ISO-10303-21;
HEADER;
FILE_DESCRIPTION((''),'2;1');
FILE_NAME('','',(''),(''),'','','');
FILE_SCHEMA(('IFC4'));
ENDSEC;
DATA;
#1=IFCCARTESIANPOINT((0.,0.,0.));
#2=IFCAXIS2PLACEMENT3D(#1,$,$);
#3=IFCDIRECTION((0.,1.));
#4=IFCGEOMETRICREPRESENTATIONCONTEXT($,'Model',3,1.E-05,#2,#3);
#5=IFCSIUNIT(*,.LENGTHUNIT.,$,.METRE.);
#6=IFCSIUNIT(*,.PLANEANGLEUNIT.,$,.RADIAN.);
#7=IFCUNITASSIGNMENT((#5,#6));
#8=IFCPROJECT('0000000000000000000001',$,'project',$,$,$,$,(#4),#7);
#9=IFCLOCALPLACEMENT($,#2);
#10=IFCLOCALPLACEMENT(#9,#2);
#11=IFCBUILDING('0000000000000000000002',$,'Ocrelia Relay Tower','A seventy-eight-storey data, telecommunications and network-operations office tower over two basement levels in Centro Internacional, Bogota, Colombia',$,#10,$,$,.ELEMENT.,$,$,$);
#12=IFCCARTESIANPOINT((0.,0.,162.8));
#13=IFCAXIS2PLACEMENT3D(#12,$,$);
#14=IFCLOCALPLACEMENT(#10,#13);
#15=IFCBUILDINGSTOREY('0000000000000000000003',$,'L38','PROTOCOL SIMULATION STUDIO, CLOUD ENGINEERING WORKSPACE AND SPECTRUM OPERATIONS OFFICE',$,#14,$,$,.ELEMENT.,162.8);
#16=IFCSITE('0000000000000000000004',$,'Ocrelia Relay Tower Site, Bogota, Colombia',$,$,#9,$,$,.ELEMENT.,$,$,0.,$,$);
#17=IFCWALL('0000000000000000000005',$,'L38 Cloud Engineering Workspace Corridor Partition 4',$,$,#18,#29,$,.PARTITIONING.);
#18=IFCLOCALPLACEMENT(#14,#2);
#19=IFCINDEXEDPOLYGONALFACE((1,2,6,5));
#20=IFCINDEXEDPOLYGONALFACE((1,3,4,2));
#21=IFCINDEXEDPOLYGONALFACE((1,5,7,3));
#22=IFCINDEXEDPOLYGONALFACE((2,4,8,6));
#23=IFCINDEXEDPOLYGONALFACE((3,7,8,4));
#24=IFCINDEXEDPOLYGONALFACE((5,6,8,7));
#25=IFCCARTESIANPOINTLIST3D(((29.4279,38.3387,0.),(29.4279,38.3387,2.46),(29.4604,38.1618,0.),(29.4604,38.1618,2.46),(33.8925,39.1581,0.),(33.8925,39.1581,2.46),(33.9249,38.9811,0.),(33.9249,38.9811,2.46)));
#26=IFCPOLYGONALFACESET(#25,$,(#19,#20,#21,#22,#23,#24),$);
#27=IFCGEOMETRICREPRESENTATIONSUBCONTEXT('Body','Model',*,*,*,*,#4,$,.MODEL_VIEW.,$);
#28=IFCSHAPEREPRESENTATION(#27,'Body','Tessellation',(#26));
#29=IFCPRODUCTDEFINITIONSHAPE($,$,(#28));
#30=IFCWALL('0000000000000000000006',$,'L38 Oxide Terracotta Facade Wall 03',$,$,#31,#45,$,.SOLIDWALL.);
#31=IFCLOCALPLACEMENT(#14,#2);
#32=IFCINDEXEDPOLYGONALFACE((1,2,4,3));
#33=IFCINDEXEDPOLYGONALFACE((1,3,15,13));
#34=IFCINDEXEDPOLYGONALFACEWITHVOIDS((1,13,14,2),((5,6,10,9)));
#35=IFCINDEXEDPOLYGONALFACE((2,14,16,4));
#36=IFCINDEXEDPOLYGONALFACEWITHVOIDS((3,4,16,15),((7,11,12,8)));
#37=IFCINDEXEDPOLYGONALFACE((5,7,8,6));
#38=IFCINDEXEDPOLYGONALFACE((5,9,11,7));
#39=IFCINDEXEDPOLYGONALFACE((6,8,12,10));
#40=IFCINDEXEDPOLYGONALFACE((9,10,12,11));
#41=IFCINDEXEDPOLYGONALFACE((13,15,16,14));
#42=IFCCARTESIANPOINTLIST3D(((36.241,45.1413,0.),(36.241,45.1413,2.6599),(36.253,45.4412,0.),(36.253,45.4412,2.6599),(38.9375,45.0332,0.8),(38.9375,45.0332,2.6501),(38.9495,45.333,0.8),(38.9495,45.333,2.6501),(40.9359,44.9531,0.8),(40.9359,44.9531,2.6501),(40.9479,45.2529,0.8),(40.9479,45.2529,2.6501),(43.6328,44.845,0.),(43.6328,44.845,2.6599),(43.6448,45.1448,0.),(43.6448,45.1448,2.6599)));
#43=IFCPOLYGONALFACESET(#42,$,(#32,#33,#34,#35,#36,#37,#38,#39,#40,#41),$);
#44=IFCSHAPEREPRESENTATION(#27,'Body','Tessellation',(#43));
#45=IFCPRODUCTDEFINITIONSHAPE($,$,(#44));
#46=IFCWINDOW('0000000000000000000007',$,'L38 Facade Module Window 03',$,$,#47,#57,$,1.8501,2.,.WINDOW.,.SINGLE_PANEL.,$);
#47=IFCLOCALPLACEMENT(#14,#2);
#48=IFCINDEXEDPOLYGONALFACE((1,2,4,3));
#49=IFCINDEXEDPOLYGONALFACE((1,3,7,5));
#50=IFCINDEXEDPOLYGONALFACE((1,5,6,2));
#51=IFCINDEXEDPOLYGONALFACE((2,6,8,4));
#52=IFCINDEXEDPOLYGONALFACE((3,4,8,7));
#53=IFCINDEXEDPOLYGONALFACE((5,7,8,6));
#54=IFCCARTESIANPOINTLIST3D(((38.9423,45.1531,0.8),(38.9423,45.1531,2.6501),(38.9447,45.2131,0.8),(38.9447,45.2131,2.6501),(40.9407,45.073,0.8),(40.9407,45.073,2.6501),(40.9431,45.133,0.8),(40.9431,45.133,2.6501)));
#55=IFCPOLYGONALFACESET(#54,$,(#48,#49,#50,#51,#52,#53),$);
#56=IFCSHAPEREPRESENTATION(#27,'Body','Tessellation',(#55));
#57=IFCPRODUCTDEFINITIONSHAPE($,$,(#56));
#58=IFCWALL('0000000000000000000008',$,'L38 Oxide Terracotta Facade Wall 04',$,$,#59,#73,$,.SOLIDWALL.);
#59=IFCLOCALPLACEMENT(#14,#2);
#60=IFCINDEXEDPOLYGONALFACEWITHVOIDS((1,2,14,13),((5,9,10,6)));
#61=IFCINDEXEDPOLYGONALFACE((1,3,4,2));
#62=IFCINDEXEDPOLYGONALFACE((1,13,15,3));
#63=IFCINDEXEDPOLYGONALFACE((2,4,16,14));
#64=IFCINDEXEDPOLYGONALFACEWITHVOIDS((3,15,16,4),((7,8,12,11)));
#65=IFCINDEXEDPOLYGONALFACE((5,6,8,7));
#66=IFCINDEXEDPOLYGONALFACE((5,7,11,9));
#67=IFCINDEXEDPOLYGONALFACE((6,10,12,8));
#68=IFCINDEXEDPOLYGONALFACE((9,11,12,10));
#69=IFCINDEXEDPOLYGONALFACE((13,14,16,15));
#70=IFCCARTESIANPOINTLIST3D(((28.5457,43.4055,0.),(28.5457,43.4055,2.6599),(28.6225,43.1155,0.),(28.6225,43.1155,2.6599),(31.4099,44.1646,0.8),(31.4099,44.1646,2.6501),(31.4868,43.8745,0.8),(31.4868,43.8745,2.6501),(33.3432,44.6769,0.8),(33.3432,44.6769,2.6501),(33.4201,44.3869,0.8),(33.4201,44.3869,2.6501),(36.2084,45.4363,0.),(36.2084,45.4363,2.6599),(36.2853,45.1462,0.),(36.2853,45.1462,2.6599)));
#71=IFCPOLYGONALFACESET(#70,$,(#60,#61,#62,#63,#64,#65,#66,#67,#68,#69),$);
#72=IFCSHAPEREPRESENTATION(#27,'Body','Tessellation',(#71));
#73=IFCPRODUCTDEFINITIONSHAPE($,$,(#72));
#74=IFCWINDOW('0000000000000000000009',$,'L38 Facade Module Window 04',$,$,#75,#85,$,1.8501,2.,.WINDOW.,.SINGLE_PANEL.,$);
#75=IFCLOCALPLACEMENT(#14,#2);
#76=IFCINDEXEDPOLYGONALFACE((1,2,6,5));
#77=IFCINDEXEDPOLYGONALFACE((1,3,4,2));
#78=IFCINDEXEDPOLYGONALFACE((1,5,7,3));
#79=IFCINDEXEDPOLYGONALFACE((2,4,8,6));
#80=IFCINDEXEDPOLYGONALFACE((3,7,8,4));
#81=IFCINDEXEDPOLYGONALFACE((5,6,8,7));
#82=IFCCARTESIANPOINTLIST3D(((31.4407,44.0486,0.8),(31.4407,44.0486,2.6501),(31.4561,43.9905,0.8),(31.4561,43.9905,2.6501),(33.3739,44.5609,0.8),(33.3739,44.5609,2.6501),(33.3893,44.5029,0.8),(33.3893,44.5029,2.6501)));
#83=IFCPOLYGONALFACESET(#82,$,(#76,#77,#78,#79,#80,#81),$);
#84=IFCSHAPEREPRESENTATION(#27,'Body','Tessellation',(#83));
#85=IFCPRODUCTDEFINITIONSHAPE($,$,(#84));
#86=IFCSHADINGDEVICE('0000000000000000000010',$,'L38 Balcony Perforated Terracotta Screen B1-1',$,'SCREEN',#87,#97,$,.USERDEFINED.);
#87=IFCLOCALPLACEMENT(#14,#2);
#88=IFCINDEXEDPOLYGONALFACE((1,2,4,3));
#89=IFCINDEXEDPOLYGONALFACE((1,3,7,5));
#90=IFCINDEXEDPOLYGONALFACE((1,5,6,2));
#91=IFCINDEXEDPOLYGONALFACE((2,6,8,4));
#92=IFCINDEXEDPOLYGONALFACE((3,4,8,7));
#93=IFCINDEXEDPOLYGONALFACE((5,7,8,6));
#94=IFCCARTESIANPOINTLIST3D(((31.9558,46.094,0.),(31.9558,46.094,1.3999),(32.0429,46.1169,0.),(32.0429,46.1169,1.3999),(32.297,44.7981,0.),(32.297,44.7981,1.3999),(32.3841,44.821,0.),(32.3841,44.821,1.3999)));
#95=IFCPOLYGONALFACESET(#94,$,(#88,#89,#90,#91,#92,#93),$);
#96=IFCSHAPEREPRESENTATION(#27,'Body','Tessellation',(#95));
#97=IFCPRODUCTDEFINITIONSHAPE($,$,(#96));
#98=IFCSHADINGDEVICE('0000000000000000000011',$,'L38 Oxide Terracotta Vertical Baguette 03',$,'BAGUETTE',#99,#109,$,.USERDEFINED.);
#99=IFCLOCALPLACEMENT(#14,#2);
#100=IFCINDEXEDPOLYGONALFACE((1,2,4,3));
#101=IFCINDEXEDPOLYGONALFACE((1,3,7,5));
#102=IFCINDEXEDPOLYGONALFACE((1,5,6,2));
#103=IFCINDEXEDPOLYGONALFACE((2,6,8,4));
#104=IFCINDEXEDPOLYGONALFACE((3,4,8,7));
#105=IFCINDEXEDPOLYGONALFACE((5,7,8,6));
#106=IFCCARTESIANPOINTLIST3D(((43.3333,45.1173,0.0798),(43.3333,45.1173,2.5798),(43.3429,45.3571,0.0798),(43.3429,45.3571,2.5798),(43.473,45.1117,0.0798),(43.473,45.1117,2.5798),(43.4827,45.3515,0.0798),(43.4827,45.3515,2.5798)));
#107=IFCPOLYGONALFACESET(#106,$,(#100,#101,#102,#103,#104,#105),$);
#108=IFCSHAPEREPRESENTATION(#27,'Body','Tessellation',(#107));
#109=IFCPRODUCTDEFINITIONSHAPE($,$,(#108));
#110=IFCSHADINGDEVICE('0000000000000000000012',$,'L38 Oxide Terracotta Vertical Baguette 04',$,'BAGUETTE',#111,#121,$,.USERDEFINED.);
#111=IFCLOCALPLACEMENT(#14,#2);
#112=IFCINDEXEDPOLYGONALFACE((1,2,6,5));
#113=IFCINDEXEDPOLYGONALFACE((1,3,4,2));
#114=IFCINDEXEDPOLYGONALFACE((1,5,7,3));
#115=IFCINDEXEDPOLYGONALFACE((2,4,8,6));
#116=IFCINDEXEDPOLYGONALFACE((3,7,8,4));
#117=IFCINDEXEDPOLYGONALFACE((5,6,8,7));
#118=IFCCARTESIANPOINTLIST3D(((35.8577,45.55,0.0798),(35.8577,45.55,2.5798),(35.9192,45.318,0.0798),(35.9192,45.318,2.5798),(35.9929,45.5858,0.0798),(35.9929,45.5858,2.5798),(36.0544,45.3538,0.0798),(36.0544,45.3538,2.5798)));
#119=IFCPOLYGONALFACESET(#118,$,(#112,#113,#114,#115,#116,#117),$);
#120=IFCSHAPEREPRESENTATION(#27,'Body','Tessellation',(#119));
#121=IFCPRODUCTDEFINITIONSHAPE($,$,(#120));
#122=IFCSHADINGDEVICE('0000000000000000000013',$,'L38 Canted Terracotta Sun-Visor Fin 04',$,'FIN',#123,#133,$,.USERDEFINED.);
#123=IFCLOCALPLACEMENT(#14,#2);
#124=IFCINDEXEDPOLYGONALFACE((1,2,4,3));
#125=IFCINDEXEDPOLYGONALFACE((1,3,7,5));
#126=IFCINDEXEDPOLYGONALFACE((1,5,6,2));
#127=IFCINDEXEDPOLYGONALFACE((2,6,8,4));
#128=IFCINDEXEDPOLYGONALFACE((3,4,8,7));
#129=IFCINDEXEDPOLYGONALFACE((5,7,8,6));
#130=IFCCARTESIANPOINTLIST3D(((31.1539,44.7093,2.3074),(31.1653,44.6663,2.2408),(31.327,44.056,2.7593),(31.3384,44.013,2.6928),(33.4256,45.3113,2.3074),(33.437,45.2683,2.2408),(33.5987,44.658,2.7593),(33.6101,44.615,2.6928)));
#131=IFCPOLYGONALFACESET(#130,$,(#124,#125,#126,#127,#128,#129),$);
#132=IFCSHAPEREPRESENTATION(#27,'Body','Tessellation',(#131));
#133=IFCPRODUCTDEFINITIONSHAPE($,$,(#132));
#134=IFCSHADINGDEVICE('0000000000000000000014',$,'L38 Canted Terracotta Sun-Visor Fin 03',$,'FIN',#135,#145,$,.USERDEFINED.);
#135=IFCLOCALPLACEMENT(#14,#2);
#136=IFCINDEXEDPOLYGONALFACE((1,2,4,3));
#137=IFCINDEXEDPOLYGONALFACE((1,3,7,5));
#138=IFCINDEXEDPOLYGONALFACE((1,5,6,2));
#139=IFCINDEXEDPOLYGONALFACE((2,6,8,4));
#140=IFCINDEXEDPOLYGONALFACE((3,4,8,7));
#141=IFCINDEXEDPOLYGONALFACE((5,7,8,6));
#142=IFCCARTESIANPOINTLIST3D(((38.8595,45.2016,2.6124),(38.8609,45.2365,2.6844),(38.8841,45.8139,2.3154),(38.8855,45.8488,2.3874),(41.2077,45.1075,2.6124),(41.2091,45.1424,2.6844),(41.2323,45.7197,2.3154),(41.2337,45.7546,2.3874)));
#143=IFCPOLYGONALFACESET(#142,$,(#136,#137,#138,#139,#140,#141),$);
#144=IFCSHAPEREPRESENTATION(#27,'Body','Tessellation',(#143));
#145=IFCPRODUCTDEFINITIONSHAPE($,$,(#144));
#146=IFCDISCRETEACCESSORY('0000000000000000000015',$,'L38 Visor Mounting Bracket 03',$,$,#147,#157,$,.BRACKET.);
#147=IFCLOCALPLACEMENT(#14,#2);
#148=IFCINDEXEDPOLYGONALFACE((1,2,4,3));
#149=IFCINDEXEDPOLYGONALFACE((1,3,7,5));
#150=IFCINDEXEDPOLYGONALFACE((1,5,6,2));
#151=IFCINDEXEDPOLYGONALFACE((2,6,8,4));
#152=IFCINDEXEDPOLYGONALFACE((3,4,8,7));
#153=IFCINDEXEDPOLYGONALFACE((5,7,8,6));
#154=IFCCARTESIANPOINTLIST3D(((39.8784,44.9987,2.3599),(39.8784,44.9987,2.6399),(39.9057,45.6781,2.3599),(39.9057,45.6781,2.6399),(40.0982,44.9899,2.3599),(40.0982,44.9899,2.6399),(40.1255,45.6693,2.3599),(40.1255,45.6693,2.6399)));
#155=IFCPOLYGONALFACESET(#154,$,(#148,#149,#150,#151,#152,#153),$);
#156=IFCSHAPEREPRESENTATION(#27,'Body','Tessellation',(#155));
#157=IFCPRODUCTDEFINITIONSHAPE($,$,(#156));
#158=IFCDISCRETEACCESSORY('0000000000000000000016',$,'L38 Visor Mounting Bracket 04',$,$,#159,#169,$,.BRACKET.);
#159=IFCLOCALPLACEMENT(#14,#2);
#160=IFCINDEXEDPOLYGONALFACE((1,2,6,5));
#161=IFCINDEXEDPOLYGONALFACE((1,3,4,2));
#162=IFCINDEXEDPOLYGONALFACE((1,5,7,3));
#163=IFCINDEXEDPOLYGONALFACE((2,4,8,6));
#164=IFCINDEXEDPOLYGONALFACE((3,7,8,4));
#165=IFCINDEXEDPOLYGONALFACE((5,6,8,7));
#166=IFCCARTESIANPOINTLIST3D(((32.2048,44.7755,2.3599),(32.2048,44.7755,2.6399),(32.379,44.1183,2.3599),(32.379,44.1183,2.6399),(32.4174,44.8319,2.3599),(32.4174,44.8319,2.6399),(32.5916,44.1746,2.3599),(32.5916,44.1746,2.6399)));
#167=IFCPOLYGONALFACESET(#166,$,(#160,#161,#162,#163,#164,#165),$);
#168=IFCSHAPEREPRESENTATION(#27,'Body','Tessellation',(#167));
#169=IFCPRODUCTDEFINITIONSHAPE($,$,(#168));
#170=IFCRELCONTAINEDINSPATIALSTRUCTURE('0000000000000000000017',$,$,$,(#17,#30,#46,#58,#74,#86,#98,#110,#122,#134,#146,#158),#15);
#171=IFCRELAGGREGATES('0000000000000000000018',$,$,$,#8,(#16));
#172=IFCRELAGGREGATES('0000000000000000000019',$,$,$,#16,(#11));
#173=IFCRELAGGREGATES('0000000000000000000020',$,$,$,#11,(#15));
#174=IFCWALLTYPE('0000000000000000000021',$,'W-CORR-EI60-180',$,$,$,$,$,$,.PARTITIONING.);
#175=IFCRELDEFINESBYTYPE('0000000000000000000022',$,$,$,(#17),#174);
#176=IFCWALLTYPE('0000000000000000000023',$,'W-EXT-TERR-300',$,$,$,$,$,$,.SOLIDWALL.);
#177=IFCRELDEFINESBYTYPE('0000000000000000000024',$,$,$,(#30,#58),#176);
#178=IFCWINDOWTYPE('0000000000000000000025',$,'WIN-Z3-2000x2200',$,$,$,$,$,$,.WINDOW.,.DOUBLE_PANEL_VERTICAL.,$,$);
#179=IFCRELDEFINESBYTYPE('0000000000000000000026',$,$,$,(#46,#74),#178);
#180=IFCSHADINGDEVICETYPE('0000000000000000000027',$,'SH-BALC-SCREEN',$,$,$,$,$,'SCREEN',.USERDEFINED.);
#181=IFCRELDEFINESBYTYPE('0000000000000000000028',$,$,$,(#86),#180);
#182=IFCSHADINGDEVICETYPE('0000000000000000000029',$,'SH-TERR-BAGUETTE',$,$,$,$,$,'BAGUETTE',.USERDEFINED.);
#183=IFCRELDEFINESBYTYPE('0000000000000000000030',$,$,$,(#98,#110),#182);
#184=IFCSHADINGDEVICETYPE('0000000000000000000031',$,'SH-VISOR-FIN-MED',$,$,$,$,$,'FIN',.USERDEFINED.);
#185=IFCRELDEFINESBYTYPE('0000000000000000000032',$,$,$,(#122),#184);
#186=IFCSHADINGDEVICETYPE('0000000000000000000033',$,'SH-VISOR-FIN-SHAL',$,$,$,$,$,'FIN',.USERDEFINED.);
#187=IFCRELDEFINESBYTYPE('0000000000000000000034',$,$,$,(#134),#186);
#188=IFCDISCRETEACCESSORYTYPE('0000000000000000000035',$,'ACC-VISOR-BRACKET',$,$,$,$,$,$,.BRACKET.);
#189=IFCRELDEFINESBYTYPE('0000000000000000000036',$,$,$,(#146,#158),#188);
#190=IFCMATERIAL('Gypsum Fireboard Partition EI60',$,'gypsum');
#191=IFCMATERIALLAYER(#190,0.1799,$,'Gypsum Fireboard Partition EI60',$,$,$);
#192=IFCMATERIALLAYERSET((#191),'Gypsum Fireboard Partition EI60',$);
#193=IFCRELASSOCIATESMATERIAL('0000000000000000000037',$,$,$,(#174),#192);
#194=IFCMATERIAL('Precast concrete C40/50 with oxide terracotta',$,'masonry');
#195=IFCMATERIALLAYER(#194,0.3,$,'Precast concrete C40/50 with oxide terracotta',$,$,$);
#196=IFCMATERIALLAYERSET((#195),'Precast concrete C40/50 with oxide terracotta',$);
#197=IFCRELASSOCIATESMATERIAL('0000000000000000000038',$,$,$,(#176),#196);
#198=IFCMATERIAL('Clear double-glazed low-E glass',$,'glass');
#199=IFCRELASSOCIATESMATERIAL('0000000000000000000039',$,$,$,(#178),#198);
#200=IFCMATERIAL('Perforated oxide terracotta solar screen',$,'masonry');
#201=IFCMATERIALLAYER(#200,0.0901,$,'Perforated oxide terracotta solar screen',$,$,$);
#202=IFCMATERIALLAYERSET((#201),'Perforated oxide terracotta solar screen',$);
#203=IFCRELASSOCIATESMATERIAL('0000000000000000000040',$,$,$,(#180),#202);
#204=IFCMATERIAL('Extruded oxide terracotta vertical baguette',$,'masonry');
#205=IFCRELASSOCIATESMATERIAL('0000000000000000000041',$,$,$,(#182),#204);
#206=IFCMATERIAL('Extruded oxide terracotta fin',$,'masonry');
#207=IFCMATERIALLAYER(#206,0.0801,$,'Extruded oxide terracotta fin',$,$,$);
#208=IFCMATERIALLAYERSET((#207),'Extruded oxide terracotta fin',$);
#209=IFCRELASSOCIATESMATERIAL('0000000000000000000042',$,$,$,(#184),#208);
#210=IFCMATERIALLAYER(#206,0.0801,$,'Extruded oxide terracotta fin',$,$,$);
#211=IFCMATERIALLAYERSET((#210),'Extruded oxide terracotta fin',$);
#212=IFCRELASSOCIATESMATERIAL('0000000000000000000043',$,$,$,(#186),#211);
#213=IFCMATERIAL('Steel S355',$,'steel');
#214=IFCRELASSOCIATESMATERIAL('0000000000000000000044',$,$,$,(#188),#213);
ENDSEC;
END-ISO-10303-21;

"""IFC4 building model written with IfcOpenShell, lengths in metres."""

from ifc_helpers import new_model, si_unit, direction, frame, frame_2d, origin, origin_2d, place, context, subcontext, project, spatial, rectangle, extrude, material, layer, layer_set, type_object, element, fill, save


model = new_model("IFC4")

# Units and contexts
model_context = context("Model", 3, precision=1e-05, world=origin(), true_north=direction((0.0, 1.0)))
body_context = subcontext(model_context, "Body", "Model", "MODEL_VIEW")
ifc_project = project(units=[si_unit("LENGTHUNIT", "METRE"), si_unit("PLANEANGLEUNIT", "RADIAN")], contexts=[model_context])

# Site, building, storey
site_placement = place(None, origin())
site = spatial("IfcSite", under=ifc_project, at=site_placement, Name="Ocrelia Relay Tower Site, Bogota, Colombia", CompositionType="ELEMENT", RefElevation=0.0)
building_placement = place(site_placement, origin())
building = spatial("IfcBuilding", under=site, at=building_placement, Name="Ocrelia Relay Tower", Description="A seventy-eight-storey data, telecommunications and network-operations office tower over two basement levels in Centro Internacional, Bogota, Colombia", CompositionType="ELEMENT")
storey_placement = place(building_placement, frame((0.0, 0.0, 162.8)))
storey = spatial("IfcBuildingStorey", under=building, at=storey_placement, Name="L38", Description="PROTOCOL SIMULATION STUDIO, CLOUD ENGINEERING WORKSPACE AND SPECTRUM OPERATIONS OFFICE", CompositionType="ELEMENT", Elevation=162.8)

# Shared definitions
ifc_material_1 = material(Name="Steel S355", Category="steel")

# Wall
ifc_material_2 = material(Name="Gypsum Fireboard Partition EI60", Category="gypsum")
ifc_layer_1 = layer(ifc_material_2, 0.1799, Name="Gypsum Fireboard Partition EI60")
ifc_layer_set_1 = layer_set([ifc_layer_1], Name="Gypsum Fireboard Partition EI60")
wall_type_1 = type_object("IfcWallType", Name="W-CORR-EI60-180", PredefinedType="PARTITIONING", material=ifc_layer_set_1)
wall_1_placement = place(storey_placement, frame((33.9087, 39.0696, 0.0), z_axis=(0.0, 0.0, 1.0), x_axis=(-0.983574, -0.180504, 0.0)))
element("IfcWall", 1, at=wall_1_placement, inside=storey, type_object=wall_type_1, Name="L38 Cloud Engineering Workspace Corridor Partition 4", PredefinedType="PARTITIONING", context=body_context, shape_type="SweptSolid", body=[
    extrude(rectangle(XDim=4.5391, YDim=0.1799, at=frame_2d((2.2695, 0.0))), origin(), (0.0, 0.0, 1.0), 2.46),
])

# Walls, openings, windows
ifc_material_3 = material(Name="Precast concrete C40/50 with oxide terracotta", Category="masonry")
ifc_layer_2 = layer(ifc_material_3, 0.3, Name="Precast concrete C40/50 with oxide terracotta")
ifc_layer_set_2 = layer_set([ifc_layer_2], Name="Precast concrete C40/50 with oxide terracotta")
wall_type_2 = type_object("IfcWallType", Name="W-EXT-TERR-300", PredefinedType="SOLIDWALL", material=ifc_layer_set_2)
wall_2_placement = place(storey_placement, frame((43.6387, 44.9949, 0.0), z_axis=(0.0, 0.0, 1.0), x_axis=(-0.999197, 0.040064, 0.0)))
wall_2 = element("IfcWall", 2, at=wall_2_placement, inside=storey, type_object=wall_type_2, Name="L38 Oxide Terracotta Facade Wall 03", PredefinedType="SOLIDWALL", context=body_context, shape_type="SweptSolid", body=[
    extrude(rectangle(XDim=7.3977, YDim=0.3, at=frame_2d((3.6987, 0.0))), origin(), (0.0, 0.0, 1.0), 2.6599),
])
opening_1_placement = place(wall_2_placement, frame((2.699, 0.0, 0.8)))
opening_1 = element("IfcOpeningElement", 3, at=opening_1_placement, cuts=wall_2, PredefinedType="OPENING", context=body_context, shape_type="SweptSolid", body=[
    extrude(rectangle(XDim=2.0, YDim=1.8501, at=frame_2d((1.0, 0.925))), frame((0.0, 0.1602, 0.0), z_axis=(0.0, -1.0, 0.0), x_axis=(1.0, 0.0, 0.0)), (0.0, 0.0, 1.0), 0.3201),
])
ifc_material_4 = material(Name="Clear double-glazed low-E glass", Category="glass")
window_type = type_object("IfcWindowType", Name="WIN-Z3-2000x2200", PartitioningType="DOUBLE_PANEL_VERTICAL", PredefinedType="WINDOW", material=ifc_material_4)
window_1_placement = place(opening_1_placement, origin())
window_1 = element("IfcWindow", 4, at=window_1_placement, inside=storey, type_object=window_type, Name="L38 Facade Module Window 03", OverallHeight=1.8501, OverallWidth=2.0, PartitioningType="SINGLE_PANEL", PredefinedType="WINDOW", context=body_context, shape_type="SweptSolid", body=[
    extrude(rectangle(XDim=2.0, YDim=1.8501, at=frame_2d((1.0, 0.925))), frame((0.0, 0.03, 0.0), z_axis=(0.0, -1.0, 0.0), x_axis=(1.0, 0.0, 0.0)), (0.0, 0.0, 1.0), 0.0601),
])
fill(opening_1, window_1)
wall_3_placement = place(storey_placement, frame((36.2468, 45.2913, 0.0), z_axis=(0.0, 0.0, 1.0), x_axis=(-0.966629, -0.256179, 0.0)))
wall_3 = element("IfcWall", 5, at=wall_3_placement, inside=storey, type_object=wall_type_2, Name="L38 Oxide Terracotta Facade Wall 04", PredefinedType="SOLIDWALL", context=body_context, shape_type="SweptSolid", body=[
    extrude(rectangle(XDim=7.9272, YDim=0.3, at=frame_2d((3.9636, 0.0))), origin(), (0.0, 0.0, 1.0), 2.6599),
])
opening_2_placement = place(wall_3_placement, frame((2.9641, 0.0, 0.8)))
opening_2 = element("IfcOpeningElement", 6, at=opening_2_placement, cuts=wall_3, PredefinedType="OPENING", context=body_context, shape_type="SweptSolid", body=[
    extrude(rectangle(XDim=2.0, YDim=1.8501, at=frame_2d((1.0, 0.925))), frame((0.0, 0.1602, 0.0), z_axis=(0.0, -1.0, 0.0), x_axis=(1.0, 0.0, 0.0)), (0.0, 0.0, 1.0), 0.3201),
])
window_2_placement = place(opening_2_placement, origin())
window_2 = element("IfcWindow", 7, at=window_2_placement, inside=storey, type_object=window_type, Name="L38 Facade Module Window 04", OverallHeight=1.8501, OverallWidth=2.0, PartitioningType="SINGLE_PANEL", PredefinedType="WINDOW", context=body_context, shape_type="SweptSolid", body=[
    extrude(rectangle(XDim=2.0, YDim=1.8501, at=frame_2d((1.0, 0.925))), frame((0.0, 0.03, 0.0), z_axis=(0.0, -1.0, 0.0), x_axis=(1.0, 0.0, 0.0)), (0.0, 0.0, 1.0), 0.0601),
])
fill(opening_2, window_2)

# Shading devices
ifc_material_5 = material(Name="Perforated oxide terracotta solar screen", Category="masonry")
ifc_layer_3 = layer(ifc_material_5, 0.0901, Name="Perforated oxide terracotta solar screen")
ifc_layer_set_3 = layer_set([ifc_layer_3], Name="Perforated oxide terracotta solar screen")
shading_device_type_1 = type_object("IfcShadingDeviceType", Name="SH-BALC-SCREEN", ElementType="SCREEN", PredefinedType="USERDEFINED", material=ifc_layer_set_3)
shading_device_1_placement = place(storey_placement, frame((32.1699, 45.4575, 0.0), z_axis=(0.0, 0.0, 1.0), x_axis=(-0.254624, 0.96704, 0.0)))
element("IfcShadingDevice", 8, at=shading_device_1_placement, inside=storey, type_object=shading_device_type_1, Name="L38 Balcony Perforated Terracotta Screen B1-1", ObjectType="SCREEN", PredefinedType="USERDEFINED", context=body_context, shape_type="SweptSolid", body=[
    extrude(rectangle(XDim=1.3401, YDim=0.0901, at=origin_2d()), origin(), (0.0, 0.0, 1.0), 1.3999),
])
ifc_material_6 = material(Name="Extruded oxide terracotta vertical baguette", Category="masonry")
shading_device_type_2 = type_object("IfcShadingDeviceType", Name="SH-TERR-BAGUETTE", ElementType="BAGUETTE", PredefinedType="USERDEFINED", material=ifc_material_6)
for number, where, z_axis, x_axis, name in (
    (9, (43.408, 45.2344, 0.0798), (0.0, 0.0, 1.0), (-0.999198, 0.040053, 0.0), "L38 Oxide Terracotta Vertical Baguette 03"),
    (10, (35.9561, 45.4519, 0.0798), (0.0, 0.0, 1.0), (-0.966635, -0.25616, 0.0), "L38 Oxide Terracotta Vertical Baguette 04"),
):
    element("IfcShadingDevice", number, at=place(storey_placement, frame(where, z_axis=z_axis, x_axis=x_axis)), inside=storey, type_object=shading_device_type_2, Name=name, ObjectType="BAGUETTE", PredefinedType="USERDEFINED", context=body_context, shape_type="SweptSolid", body=[
        extrude(rectangle(XDim=0.1399, YDim=0.24, at=origin_2d()), origin(), (0.0, 0.0, 1.0), 2.5),
    ])
ifc_material_7 = material(Name="Extruded oxide terracotta fin", Category="masonry")
ifc_layer_4 = layer(ifc_material_7, 0.0801, Name="Extruded oxide terracotta fin")
ifc_layer_set_4 = layer_set([ifc_layer_4], Name="Extruded oxide terracotta fin")
shading_device_type_3 = type_object("IfcShadingDeviceType", Name="SH-VISOR-FIN-MED", ElementType="FIN", PredefinedType="USERDEFINED", material=ifc_layer_set_4)
shading_device_2_placement = place(storey_placement, frame((32.3877, 44.6406, 2.4668), z_axis=(-0.142389, 0.537314, 0.831276), x_axis=(-0.966635, -0.25616, 0.0)))
element("IfcShadingDevice", 11, at=shading_device_2_placement, inside=storey, type_object=shading_device_type_3, Name="L38 Canted Terracotta Sun-Visor Fin 04", ObjectType="FIN", PredefinedType="USERDEFINED", context=body_context, shape_type="SweptSolid", body=[
    extrude(rectangle(XDim=2.3501, YDim=0.813, at=origin_2d()), origin(), (0.0, 0.0, 1.0), 0.0801),
])
ifc_layer_5 = layer(ifc_material_7, 0.0801, Name="Extruded oxide terracotta fin")
ifc_layer_set_5 = layer_set([ifc_layer_5], Name="Extruded oxide terracotta fin")
shading_device_type_4 = type_object("IfcShadingDeviceType", Name="SH-VISOR-FIN-SHAL", ElementType="FIN", PredefinedType="USERDEFINED", material=ifc_layer_set_5)
shading_device_3_placement = place(storey_placement, frame((40.0459, 45.4607, 2.4639), z_axis=(0.01747, 0.435824, 0.899863), x_axis=(-0.999198, 0.040053, 0.0)))
element("IfcShadingDevice", 12, at=shading_device_3_placement, inside=storey, type_object=shading_device_type_4, Name="L38 Canted Terracotta Sun-Visor Fin 03", ObjectType="FIN", PredefinedType="USERDEFINED", context=body_context, shape_type="SweptSolid", body=[
    extrude(rectangle(XDim=2.3501, YDim=0.6809, at=origin_2d()), origin(), (0.0, 0.0, 1.0), 0.0801),
])

# Discrete accessories
discrete_accessory_type = type_object("IfcDiscreteAccessoryType", Name="ACC-VISOR-BRACKET", PredefinedType="BRACKET", material=ifc_material_1)
for number, where, z_axis, x_axis, name in (
    (13, (40.002, 45.334, 2.3599), (0.0, 0.0, 1.0), (-0.999198, 0.040053, 0.0), "L38 Visor Mounting Bracket 03"),
    (14, (32.3982, 44.4751, 2.3599), (0.0, 0.0, 1.0), (-0.966635, -0.25616, 0.0), "L38 Visor Mounting Bracket 04"),
):
    element("IfcDiscreteAccessory", number, at=place(storey_placement, frame(where, z_axis=z_axis, x_axis=x_axis)), inside=storey, type_object=discrete_accessory_type, Name=name, PredefinedType="BRACKET", context=body_context, shape_type="SweptSolid", body=[
        extrude(rectangle(XDim=0.22, YDim=0.6799, at=origin_2d()), origin(), (0.0, 0.0, 1.0), 0.28),
    ])

save(model, "model.ifc")
